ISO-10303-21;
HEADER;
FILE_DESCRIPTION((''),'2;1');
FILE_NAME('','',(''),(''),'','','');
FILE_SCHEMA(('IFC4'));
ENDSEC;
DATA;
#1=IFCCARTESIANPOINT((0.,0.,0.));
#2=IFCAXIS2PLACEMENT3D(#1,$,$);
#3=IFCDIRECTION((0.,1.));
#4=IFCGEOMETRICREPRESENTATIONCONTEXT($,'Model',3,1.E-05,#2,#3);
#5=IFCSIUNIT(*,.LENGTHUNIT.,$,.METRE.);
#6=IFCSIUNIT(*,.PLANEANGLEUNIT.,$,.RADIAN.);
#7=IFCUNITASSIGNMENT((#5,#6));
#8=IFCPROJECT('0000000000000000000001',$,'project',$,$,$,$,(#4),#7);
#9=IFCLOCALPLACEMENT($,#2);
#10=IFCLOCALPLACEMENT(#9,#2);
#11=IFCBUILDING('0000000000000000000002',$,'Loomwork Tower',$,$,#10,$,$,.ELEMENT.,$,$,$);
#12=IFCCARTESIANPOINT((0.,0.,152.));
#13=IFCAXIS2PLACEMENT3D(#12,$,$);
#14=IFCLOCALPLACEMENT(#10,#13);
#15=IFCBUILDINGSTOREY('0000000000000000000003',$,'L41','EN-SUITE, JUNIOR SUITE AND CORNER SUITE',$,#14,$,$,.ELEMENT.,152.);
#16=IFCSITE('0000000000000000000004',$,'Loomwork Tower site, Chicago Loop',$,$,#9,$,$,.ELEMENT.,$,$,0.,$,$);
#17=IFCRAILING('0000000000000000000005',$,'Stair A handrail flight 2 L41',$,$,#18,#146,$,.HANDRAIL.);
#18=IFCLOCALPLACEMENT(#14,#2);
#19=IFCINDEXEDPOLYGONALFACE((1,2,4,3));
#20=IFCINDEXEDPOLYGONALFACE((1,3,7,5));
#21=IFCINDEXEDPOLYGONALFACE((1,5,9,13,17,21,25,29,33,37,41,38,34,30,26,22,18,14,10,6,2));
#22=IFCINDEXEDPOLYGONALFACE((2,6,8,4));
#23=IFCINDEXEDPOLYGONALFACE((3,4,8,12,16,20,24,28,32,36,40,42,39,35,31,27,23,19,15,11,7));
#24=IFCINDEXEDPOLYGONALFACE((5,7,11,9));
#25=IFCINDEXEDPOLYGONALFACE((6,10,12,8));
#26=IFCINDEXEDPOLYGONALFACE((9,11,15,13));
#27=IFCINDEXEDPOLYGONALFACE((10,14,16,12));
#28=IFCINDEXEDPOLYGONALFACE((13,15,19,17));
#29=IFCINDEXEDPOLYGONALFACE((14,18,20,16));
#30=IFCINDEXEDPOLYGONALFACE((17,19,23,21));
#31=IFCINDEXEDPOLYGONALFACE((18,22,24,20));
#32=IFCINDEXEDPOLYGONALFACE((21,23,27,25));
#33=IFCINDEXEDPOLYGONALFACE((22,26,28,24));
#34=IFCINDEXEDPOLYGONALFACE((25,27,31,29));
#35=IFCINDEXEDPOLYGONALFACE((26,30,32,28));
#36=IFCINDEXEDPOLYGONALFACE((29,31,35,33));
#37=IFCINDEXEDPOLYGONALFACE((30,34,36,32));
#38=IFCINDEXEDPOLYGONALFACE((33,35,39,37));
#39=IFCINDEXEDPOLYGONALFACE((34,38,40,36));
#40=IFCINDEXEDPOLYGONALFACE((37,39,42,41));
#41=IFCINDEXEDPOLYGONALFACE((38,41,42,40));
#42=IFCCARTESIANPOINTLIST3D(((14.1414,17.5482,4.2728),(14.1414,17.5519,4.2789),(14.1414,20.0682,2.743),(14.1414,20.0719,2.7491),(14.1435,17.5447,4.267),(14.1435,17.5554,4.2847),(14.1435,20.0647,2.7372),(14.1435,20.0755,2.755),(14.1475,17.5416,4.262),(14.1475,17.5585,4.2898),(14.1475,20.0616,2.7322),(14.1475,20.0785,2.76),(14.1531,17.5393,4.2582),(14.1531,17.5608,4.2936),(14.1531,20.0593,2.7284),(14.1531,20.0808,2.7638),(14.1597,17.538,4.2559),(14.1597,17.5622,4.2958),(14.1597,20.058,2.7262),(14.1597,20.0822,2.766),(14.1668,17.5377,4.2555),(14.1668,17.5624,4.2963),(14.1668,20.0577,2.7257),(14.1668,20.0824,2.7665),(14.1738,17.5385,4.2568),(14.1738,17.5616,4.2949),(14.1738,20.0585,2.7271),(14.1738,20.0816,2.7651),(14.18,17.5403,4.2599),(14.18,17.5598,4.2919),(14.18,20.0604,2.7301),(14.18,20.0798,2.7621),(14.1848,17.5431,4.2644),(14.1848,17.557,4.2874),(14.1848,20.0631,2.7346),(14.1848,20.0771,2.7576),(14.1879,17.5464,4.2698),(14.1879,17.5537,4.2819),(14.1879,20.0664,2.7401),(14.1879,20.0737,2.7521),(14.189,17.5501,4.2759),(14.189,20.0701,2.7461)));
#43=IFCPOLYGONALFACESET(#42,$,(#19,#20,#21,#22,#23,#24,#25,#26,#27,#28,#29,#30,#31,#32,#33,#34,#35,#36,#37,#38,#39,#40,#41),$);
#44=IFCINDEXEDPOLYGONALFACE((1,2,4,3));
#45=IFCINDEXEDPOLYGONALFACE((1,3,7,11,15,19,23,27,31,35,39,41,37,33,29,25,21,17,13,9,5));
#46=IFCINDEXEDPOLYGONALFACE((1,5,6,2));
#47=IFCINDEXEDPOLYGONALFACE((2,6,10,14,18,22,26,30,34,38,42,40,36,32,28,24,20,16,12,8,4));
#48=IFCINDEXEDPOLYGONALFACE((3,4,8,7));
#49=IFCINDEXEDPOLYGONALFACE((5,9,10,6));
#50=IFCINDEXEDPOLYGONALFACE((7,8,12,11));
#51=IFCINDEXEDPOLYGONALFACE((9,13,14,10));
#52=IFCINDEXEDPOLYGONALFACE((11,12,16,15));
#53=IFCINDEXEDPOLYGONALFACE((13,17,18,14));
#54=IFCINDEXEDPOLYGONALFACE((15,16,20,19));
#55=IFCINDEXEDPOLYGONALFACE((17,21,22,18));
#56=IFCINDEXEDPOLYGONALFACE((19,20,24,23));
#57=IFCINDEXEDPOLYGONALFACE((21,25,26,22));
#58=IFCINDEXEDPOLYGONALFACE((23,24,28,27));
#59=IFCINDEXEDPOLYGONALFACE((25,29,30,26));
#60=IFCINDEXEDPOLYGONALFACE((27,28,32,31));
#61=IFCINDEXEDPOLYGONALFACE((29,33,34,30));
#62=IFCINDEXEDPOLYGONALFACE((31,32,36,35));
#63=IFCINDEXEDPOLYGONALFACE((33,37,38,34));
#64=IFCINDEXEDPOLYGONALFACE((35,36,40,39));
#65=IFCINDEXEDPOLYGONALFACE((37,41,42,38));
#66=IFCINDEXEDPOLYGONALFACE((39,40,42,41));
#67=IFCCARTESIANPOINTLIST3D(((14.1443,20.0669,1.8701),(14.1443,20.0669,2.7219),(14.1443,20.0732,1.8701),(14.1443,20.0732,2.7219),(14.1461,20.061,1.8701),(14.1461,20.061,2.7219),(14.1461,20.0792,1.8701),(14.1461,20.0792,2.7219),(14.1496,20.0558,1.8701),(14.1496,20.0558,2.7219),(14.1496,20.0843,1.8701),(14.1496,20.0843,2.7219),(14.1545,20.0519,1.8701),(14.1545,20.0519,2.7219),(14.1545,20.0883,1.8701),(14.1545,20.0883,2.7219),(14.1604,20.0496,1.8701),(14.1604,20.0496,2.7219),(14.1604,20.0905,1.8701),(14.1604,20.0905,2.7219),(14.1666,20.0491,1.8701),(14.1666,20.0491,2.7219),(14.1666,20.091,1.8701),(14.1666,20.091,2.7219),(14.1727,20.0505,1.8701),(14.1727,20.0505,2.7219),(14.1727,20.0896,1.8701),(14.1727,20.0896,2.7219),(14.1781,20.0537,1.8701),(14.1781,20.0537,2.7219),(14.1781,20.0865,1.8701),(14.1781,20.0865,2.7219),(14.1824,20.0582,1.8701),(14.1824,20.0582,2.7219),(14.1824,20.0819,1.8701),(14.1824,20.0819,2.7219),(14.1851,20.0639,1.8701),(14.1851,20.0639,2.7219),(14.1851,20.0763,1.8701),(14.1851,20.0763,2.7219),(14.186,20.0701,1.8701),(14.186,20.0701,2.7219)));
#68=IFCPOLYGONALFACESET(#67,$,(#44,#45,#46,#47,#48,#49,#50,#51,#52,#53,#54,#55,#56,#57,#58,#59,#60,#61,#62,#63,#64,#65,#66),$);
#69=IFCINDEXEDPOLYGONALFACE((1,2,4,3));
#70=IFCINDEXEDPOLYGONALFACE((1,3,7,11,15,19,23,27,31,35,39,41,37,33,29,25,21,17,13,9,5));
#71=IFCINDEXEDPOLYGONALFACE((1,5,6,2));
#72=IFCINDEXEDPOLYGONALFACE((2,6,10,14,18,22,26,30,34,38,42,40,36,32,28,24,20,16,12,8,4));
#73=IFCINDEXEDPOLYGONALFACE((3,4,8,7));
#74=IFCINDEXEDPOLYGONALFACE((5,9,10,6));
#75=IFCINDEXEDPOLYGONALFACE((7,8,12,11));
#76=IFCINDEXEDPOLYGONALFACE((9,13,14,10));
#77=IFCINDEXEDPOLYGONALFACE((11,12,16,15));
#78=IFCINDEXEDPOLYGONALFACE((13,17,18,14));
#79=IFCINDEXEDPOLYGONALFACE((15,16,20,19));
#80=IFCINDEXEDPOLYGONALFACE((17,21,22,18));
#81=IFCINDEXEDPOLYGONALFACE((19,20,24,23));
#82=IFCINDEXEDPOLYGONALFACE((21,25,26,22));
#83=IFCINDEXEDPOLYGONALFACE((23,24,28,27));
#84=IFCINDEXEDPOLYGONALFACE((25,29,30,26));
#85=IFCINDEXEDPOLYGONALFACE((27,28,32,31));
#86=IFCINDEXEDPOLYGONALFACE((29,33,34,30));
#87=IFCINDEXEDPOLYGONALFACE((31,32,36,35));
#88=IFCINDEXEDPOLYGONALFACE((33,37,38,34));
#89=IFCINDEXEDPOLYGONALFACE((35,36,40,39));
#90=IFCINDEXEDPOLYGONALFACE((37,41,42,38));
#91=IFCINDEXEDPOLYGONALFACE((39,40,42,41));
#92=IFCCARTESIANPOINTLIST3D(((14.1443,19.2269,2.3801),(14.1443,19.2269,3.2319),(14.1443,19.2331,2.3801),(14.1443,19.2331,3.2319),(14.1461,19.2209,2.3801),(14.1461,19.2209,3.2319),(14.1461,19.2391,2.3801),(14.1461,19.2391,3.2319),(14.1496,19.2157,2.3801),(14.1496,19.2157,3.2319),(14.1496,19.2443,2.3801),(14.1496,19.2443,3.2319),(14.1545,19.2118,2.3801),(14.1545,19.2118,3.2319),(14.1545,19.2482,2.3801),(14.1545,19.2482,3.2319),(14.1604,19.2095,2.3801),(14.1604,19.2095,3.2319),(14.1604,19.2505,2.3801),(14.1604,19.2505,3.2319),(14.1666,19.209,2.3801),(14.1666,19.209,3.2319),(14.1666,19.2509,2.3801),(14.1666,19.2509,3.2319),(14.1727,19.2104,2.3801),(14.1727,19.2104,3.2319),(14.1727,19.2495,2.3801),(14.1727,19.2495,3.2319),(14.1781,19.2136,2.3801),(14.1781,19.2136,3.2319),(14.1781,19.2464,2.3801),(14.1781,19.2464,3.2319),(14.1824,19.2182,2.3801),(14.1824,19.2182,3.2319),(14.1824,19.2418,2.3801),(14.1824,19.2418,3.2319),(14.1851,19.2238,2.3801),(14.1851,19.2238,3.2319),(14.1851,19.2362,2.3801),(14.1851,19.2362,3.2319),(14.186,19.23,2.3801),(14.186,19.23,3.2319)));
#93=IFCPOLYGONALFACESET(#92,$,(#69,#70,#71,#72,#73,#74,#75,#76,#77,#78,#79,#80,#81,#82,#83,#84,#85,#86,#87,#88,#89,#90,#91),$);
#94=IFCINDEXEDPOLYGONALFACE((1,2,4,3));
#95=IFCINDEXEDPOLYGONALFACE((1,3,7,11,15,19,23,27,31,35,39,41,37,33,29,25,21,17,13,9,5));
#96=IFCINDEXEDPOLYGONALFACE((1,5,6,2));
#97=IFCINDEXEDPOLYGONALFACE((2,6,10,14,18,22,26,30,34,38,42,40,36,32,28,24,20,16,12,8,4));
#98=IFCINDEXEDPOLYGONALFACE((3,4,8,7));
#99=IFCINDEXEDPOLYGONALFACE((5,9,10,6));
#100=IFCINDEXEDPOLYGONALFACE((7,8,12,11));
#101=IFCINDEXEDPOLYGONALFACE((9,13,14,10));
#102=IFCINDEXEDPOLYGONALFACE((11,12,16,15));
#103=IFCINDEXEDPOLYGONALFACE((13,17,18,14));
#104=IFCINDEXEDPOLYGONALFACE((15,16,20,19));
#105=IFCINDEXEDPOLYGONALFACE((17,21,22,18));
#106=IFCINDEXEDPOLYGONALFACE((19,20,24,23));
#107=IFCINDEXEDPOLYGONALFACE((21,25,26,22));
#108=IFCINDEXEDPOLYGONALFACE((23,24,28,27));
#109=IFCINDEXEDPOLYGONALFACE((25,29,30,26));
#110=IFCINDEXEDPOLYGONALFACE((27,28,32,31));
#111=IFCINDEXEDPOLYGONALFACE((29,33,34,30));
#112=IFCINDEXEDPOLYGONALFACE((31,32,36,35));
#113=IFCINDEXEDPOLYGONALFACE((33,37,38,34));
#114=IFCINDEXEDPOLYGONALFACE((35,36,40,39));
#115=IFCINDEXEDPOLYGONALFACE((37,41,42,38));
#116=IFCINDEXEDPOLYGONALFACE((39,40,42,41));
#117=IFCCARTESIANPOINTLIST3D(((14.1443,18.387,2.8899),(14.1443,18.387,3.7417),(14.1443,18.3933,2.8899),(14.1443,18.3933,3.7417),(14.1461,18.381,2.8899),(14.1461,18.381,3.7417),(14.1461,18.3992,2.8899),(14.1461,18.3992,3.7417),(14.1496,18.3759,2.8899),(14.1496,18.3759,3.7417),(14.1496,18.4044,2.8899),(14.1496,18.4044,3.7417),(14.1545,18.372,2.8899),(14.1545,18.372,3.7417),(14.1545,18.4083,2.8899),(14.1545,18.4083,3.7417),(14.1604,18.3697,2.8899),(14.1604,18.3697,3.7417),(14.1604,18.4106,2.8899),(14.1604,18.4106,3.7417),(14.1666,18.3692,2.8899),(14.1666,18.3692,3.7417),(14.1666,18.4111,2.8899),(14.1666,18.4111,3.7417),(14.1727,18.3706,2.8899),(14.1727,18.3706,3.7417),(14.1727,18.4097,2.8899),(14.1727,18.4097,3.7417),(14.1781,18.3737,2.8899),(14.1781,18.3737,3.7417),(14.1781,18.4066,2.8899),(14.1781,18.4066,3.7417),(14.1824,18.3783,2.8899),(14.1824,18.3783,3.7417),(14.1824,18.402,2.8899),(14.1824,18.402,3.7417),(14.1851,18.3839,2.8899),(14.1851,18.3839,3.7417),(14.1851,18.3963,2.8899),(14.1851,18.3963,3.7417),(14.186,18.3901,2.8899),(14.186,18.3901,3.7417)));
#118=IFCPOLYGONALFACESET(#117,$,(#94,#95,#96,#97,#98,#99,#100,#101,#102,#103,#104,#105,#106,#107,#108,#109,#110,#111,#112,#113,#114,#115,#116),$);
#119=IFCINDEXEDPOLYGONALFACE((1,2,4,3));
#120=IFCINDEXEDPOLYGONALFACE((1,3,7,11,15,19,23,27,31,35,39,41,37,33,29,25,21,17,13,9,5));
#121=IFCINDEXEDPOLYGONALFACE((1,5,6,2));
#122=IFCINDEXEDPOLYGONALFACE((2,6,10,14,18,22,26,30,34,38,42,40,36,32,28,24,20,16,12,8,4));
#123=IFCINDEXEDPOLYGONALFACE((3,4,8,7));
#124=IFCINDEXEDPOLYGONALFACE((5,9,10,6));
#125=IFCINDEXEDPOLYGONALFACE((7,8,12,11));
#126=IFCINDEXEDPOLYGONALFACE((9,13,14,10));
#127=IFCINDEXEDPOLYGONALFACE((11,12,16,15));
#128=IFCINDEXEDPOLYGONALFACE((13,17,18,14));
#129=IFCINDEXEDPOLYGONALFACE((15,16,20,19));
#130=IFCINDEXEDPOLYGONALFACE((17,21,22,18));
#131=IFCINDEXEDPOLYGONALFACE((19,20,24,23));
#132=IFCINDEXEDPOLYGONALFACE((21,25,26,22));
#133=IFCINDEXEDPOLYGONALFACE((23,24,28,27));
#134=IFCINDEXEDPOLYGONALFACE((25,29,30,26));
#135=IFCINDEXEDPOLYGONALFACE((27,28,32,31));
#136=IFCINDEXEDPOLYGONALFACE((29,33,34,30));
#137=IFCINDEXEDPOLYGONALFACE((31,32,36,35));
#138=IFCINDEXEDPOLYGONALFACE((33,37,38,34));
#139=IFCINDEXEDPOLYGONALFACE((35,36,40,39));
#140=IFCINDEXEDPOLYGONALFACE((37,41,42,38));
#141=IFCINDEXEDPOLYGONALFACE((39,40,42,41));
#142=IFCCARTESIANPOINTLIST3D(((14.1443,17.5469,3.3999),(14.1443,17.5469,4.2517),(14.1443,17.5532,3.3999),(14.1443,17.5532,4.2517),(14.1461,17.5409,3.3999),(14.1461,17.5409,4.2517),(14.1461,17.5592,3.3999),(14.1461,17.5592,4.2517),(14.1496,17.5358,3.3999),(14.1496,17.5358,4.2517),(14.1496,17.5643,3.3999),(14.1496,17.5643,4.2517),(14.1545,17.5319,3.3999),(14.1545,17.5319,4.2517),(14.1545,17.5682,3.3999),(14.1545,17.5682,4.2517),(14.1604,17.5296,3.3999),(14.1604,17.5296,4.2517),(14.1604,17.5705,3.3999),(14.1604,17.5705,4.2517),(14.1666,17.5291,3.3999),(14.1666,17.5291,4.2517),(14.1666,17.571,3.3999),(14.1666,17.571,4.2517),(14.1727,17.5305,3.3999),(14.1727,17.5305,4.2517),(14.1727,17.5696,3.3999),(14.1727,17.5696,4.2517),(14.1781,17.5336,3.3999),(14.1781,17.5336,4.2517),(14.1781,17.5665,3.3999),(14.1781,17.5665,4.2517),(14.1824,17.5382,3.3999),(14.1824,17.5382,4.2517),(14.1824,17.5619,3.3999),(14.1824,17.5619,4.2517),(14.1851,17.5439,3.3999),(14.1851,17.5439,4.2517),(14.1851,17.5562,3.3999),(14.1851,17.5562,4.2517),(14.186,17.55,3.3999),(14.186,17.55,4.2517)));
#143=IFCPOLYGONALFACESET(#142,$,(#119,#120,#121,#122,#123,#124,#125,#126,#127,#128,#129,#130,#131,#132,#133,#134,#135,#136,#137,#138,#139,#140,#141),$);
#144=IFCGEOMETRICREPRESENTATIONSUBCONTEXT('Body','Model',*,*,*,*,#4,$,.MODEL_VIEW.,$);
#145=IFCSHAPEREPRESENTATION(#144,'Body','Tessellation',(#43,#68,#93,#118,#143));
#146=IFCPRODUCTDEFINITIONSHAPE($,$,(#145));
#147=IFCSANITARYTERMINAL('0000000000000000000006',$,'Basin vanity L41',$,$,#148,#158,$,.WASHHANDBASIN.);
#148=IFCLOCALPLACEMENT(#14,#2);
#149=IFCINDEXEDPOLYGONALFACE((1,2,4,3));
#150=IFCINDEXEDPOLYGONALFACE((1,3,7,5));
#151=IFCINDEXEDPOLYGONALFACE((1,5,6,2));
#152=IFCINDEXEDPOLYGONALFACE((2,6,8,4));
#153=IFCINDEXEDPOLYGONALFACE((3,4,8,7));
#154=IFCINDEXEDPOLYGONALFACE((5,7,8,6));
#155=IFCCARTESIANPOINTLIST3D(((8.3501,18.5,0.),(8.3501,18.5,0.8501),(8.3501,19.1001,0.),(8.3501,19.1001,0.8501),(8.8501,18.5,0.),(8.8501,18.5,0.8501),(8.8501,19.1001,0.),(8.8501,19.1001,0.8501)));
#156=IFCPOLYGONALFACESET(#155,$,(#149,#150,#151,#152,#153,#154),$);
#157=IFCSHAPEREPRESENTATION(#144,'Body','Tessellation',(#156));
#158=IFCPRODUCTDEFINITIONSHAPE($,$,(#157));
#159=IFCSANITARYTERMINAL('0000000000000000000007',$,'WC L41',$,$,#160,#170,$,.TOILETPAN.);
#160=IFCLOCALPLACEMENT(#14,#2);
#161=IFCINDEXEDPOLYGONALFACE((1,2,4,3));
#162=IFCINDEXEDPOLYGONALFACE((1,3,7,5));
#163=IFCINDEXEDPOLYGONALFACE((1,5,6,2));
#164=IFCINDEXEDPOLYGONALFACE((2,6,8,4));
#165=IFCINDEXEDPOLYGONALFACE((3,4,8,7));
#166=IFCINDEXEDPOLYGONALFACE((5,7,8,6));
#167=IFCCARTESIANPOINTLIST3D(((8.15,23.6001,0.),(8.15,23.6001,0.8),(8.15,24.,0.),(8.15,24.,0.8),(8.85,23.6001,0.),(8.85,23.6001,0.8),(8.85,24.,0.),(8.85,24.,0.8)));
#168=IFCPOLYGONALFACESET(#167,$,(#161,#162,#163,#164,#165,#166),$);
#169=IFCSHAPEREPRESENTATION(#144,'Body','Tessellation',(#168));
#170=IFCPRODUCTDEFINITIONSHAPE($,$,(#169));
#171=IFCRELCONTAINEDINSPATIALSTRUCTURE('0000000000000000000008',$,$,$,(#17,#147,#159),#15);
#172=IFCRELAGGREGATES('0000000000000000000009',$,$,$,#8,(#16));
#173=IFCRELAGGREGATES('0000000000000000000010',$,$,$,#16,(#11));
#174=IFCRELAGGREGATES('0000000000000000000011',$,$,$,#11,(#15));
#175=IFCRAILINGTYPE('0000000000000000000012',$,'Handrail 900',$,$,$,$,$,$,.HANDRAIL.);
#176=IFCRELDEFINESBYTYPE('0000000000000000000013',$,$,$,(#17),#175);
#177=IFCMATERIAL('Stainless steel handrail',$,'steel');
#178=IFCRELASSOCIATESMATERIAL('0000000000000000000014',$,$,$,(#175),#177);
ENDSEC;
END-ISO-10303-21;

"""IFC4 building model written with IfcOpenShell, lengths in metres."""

from ifc_helpers import new_model, si_unit, direction, frame, origin, origin_2d, place, context, subcontext, project, spatial, rectangle, circle, extrude, material, type_object, element, save


model = new_model("IFC4")

# Units and contexts
model_context = context("Model", 3, precision=1e-05, world=origin(), true_north=direction((0.0, 1.0)))
body_context = subcontext(model_context, "Body", "Model", "MODEL_VIEW")
ifc_project = project(units=[si_unit("LENGTHUNIT", "METRE"), si_unit("PLANEANGLEUNIT", "RADIAN")], contexts=[model_context])

# Site, building, storey
site_placement = place(None, origin())
site = spatial("IfcSite", under=ifc_project, at=site_placement, Name="Loomwork Tower site, Chicago Loop", CompositionType="ELEMENT", RefElevation=0.0)
building_placement = place(site_placement, origin())
building = spatial("IfcBuilding", under=site, at=building_placement, Name="Loomwork Tower", CompositionType="ELEMENT")
storey_placement = place(building_placement, frame((0.0, 0.0, 152.0)))
storey = spatial("IfcBuildingStorey", under=building, at=storey_placement, Name="L41", Description="EN-SUITE, JUNIOR SUITE AND CORNER SUITE", CompositionType="ELEMENT", Elevation=152.0)

# Railing
ifc_material_1 = material(Name="Stainless steel handrail", Category="steel")
railing_type = type_object("IfcRailingType", Name="Handrail 900", PredefinedType="HANDRAIL", material=ifc_material_1)
railing_placement = place(storey_placement, frame((14.165, 20.0701, 1.8701)))
element("IfcRailing", 1, at=railing_placement, inside=storey, type_object=railing_type, Name="Stair A handrail flight 2 L41", PredefinedType="HANDRAIL", context=body_context, shape_type="SweptSolid", body=[
    extrude(circle(Radius=0.0239, at=origin_2d()), frame((0.0, 0.0, 0.876), z_axis=(0.0, -0.854822, 0.518922), x_axis=(1.0, 0.0, 0.0)), (0.0, 0.0, 1.0), 2.948),
    extrude(circle(Radius=0.021, at=origin_2d()), origin(), (0.0, 0.0, 1.0), 0.8518),
    extrude(circle(Radius=0.021, at=origin_2d()), frame((0.0, -0.8401, 0.51)), (0.0, 0.0, 1.0), 0.8518),
    extrude(circle(Radius=0.021, at=origin_2d()), frame((0.0, -1.6799, 1.0198)), (0.0, 0.0, 1.0), 0.8518),
    extrude(circle(Radius=0.021, at=origin_2d()), frame((0.0, -2.52, 1.5298)), (0.0, 0.0, 1.0), 0.8518),
])

# Sanitary terminals
sanitary_terminal_1_placement = place(storey_placement, frame((8.6001, 18.8, 0.0), z_axis=(0.0, 0.0, 1.0), x_axis=(1.0, 0.0, 0.0)))
element("IfcSanitaryTerminal", 2, at=sanitary_terminal_1_placement, inside=storey, Name="Basin vanity L41", PredefinedType="WASHHANDBASIN", context=body_context, shape_type="SweptSolid", body=[
    extrude(rectangle(XDim=0.5, YDim=0.6001, at=origin_2d()), origin(), (0.0, 0.0, 1.0), 0.8501),
])
sanitary_terminal_2_placement = place(storey_placement, frame((8.5, 23.8, 0.0), z_axis=(0.0, 0.0, 1.0), x_axis=(1.0, 0.0, 0.0)))
element("IfcSanitaryTerminal", 3, at=sanitary_terminal_2_placement, inside=storey, Name="WC L41", PredefinedType="TOILETPAN", context=body_context, shape_type="SweptSolid", body=[
    extrude(rectangle(XDim=0.7, YDim=0.3999, at=origin_2d()), origin(), (0.0, 0.0, 1.0), 0.8),
])

save(model, "model.ifc")
